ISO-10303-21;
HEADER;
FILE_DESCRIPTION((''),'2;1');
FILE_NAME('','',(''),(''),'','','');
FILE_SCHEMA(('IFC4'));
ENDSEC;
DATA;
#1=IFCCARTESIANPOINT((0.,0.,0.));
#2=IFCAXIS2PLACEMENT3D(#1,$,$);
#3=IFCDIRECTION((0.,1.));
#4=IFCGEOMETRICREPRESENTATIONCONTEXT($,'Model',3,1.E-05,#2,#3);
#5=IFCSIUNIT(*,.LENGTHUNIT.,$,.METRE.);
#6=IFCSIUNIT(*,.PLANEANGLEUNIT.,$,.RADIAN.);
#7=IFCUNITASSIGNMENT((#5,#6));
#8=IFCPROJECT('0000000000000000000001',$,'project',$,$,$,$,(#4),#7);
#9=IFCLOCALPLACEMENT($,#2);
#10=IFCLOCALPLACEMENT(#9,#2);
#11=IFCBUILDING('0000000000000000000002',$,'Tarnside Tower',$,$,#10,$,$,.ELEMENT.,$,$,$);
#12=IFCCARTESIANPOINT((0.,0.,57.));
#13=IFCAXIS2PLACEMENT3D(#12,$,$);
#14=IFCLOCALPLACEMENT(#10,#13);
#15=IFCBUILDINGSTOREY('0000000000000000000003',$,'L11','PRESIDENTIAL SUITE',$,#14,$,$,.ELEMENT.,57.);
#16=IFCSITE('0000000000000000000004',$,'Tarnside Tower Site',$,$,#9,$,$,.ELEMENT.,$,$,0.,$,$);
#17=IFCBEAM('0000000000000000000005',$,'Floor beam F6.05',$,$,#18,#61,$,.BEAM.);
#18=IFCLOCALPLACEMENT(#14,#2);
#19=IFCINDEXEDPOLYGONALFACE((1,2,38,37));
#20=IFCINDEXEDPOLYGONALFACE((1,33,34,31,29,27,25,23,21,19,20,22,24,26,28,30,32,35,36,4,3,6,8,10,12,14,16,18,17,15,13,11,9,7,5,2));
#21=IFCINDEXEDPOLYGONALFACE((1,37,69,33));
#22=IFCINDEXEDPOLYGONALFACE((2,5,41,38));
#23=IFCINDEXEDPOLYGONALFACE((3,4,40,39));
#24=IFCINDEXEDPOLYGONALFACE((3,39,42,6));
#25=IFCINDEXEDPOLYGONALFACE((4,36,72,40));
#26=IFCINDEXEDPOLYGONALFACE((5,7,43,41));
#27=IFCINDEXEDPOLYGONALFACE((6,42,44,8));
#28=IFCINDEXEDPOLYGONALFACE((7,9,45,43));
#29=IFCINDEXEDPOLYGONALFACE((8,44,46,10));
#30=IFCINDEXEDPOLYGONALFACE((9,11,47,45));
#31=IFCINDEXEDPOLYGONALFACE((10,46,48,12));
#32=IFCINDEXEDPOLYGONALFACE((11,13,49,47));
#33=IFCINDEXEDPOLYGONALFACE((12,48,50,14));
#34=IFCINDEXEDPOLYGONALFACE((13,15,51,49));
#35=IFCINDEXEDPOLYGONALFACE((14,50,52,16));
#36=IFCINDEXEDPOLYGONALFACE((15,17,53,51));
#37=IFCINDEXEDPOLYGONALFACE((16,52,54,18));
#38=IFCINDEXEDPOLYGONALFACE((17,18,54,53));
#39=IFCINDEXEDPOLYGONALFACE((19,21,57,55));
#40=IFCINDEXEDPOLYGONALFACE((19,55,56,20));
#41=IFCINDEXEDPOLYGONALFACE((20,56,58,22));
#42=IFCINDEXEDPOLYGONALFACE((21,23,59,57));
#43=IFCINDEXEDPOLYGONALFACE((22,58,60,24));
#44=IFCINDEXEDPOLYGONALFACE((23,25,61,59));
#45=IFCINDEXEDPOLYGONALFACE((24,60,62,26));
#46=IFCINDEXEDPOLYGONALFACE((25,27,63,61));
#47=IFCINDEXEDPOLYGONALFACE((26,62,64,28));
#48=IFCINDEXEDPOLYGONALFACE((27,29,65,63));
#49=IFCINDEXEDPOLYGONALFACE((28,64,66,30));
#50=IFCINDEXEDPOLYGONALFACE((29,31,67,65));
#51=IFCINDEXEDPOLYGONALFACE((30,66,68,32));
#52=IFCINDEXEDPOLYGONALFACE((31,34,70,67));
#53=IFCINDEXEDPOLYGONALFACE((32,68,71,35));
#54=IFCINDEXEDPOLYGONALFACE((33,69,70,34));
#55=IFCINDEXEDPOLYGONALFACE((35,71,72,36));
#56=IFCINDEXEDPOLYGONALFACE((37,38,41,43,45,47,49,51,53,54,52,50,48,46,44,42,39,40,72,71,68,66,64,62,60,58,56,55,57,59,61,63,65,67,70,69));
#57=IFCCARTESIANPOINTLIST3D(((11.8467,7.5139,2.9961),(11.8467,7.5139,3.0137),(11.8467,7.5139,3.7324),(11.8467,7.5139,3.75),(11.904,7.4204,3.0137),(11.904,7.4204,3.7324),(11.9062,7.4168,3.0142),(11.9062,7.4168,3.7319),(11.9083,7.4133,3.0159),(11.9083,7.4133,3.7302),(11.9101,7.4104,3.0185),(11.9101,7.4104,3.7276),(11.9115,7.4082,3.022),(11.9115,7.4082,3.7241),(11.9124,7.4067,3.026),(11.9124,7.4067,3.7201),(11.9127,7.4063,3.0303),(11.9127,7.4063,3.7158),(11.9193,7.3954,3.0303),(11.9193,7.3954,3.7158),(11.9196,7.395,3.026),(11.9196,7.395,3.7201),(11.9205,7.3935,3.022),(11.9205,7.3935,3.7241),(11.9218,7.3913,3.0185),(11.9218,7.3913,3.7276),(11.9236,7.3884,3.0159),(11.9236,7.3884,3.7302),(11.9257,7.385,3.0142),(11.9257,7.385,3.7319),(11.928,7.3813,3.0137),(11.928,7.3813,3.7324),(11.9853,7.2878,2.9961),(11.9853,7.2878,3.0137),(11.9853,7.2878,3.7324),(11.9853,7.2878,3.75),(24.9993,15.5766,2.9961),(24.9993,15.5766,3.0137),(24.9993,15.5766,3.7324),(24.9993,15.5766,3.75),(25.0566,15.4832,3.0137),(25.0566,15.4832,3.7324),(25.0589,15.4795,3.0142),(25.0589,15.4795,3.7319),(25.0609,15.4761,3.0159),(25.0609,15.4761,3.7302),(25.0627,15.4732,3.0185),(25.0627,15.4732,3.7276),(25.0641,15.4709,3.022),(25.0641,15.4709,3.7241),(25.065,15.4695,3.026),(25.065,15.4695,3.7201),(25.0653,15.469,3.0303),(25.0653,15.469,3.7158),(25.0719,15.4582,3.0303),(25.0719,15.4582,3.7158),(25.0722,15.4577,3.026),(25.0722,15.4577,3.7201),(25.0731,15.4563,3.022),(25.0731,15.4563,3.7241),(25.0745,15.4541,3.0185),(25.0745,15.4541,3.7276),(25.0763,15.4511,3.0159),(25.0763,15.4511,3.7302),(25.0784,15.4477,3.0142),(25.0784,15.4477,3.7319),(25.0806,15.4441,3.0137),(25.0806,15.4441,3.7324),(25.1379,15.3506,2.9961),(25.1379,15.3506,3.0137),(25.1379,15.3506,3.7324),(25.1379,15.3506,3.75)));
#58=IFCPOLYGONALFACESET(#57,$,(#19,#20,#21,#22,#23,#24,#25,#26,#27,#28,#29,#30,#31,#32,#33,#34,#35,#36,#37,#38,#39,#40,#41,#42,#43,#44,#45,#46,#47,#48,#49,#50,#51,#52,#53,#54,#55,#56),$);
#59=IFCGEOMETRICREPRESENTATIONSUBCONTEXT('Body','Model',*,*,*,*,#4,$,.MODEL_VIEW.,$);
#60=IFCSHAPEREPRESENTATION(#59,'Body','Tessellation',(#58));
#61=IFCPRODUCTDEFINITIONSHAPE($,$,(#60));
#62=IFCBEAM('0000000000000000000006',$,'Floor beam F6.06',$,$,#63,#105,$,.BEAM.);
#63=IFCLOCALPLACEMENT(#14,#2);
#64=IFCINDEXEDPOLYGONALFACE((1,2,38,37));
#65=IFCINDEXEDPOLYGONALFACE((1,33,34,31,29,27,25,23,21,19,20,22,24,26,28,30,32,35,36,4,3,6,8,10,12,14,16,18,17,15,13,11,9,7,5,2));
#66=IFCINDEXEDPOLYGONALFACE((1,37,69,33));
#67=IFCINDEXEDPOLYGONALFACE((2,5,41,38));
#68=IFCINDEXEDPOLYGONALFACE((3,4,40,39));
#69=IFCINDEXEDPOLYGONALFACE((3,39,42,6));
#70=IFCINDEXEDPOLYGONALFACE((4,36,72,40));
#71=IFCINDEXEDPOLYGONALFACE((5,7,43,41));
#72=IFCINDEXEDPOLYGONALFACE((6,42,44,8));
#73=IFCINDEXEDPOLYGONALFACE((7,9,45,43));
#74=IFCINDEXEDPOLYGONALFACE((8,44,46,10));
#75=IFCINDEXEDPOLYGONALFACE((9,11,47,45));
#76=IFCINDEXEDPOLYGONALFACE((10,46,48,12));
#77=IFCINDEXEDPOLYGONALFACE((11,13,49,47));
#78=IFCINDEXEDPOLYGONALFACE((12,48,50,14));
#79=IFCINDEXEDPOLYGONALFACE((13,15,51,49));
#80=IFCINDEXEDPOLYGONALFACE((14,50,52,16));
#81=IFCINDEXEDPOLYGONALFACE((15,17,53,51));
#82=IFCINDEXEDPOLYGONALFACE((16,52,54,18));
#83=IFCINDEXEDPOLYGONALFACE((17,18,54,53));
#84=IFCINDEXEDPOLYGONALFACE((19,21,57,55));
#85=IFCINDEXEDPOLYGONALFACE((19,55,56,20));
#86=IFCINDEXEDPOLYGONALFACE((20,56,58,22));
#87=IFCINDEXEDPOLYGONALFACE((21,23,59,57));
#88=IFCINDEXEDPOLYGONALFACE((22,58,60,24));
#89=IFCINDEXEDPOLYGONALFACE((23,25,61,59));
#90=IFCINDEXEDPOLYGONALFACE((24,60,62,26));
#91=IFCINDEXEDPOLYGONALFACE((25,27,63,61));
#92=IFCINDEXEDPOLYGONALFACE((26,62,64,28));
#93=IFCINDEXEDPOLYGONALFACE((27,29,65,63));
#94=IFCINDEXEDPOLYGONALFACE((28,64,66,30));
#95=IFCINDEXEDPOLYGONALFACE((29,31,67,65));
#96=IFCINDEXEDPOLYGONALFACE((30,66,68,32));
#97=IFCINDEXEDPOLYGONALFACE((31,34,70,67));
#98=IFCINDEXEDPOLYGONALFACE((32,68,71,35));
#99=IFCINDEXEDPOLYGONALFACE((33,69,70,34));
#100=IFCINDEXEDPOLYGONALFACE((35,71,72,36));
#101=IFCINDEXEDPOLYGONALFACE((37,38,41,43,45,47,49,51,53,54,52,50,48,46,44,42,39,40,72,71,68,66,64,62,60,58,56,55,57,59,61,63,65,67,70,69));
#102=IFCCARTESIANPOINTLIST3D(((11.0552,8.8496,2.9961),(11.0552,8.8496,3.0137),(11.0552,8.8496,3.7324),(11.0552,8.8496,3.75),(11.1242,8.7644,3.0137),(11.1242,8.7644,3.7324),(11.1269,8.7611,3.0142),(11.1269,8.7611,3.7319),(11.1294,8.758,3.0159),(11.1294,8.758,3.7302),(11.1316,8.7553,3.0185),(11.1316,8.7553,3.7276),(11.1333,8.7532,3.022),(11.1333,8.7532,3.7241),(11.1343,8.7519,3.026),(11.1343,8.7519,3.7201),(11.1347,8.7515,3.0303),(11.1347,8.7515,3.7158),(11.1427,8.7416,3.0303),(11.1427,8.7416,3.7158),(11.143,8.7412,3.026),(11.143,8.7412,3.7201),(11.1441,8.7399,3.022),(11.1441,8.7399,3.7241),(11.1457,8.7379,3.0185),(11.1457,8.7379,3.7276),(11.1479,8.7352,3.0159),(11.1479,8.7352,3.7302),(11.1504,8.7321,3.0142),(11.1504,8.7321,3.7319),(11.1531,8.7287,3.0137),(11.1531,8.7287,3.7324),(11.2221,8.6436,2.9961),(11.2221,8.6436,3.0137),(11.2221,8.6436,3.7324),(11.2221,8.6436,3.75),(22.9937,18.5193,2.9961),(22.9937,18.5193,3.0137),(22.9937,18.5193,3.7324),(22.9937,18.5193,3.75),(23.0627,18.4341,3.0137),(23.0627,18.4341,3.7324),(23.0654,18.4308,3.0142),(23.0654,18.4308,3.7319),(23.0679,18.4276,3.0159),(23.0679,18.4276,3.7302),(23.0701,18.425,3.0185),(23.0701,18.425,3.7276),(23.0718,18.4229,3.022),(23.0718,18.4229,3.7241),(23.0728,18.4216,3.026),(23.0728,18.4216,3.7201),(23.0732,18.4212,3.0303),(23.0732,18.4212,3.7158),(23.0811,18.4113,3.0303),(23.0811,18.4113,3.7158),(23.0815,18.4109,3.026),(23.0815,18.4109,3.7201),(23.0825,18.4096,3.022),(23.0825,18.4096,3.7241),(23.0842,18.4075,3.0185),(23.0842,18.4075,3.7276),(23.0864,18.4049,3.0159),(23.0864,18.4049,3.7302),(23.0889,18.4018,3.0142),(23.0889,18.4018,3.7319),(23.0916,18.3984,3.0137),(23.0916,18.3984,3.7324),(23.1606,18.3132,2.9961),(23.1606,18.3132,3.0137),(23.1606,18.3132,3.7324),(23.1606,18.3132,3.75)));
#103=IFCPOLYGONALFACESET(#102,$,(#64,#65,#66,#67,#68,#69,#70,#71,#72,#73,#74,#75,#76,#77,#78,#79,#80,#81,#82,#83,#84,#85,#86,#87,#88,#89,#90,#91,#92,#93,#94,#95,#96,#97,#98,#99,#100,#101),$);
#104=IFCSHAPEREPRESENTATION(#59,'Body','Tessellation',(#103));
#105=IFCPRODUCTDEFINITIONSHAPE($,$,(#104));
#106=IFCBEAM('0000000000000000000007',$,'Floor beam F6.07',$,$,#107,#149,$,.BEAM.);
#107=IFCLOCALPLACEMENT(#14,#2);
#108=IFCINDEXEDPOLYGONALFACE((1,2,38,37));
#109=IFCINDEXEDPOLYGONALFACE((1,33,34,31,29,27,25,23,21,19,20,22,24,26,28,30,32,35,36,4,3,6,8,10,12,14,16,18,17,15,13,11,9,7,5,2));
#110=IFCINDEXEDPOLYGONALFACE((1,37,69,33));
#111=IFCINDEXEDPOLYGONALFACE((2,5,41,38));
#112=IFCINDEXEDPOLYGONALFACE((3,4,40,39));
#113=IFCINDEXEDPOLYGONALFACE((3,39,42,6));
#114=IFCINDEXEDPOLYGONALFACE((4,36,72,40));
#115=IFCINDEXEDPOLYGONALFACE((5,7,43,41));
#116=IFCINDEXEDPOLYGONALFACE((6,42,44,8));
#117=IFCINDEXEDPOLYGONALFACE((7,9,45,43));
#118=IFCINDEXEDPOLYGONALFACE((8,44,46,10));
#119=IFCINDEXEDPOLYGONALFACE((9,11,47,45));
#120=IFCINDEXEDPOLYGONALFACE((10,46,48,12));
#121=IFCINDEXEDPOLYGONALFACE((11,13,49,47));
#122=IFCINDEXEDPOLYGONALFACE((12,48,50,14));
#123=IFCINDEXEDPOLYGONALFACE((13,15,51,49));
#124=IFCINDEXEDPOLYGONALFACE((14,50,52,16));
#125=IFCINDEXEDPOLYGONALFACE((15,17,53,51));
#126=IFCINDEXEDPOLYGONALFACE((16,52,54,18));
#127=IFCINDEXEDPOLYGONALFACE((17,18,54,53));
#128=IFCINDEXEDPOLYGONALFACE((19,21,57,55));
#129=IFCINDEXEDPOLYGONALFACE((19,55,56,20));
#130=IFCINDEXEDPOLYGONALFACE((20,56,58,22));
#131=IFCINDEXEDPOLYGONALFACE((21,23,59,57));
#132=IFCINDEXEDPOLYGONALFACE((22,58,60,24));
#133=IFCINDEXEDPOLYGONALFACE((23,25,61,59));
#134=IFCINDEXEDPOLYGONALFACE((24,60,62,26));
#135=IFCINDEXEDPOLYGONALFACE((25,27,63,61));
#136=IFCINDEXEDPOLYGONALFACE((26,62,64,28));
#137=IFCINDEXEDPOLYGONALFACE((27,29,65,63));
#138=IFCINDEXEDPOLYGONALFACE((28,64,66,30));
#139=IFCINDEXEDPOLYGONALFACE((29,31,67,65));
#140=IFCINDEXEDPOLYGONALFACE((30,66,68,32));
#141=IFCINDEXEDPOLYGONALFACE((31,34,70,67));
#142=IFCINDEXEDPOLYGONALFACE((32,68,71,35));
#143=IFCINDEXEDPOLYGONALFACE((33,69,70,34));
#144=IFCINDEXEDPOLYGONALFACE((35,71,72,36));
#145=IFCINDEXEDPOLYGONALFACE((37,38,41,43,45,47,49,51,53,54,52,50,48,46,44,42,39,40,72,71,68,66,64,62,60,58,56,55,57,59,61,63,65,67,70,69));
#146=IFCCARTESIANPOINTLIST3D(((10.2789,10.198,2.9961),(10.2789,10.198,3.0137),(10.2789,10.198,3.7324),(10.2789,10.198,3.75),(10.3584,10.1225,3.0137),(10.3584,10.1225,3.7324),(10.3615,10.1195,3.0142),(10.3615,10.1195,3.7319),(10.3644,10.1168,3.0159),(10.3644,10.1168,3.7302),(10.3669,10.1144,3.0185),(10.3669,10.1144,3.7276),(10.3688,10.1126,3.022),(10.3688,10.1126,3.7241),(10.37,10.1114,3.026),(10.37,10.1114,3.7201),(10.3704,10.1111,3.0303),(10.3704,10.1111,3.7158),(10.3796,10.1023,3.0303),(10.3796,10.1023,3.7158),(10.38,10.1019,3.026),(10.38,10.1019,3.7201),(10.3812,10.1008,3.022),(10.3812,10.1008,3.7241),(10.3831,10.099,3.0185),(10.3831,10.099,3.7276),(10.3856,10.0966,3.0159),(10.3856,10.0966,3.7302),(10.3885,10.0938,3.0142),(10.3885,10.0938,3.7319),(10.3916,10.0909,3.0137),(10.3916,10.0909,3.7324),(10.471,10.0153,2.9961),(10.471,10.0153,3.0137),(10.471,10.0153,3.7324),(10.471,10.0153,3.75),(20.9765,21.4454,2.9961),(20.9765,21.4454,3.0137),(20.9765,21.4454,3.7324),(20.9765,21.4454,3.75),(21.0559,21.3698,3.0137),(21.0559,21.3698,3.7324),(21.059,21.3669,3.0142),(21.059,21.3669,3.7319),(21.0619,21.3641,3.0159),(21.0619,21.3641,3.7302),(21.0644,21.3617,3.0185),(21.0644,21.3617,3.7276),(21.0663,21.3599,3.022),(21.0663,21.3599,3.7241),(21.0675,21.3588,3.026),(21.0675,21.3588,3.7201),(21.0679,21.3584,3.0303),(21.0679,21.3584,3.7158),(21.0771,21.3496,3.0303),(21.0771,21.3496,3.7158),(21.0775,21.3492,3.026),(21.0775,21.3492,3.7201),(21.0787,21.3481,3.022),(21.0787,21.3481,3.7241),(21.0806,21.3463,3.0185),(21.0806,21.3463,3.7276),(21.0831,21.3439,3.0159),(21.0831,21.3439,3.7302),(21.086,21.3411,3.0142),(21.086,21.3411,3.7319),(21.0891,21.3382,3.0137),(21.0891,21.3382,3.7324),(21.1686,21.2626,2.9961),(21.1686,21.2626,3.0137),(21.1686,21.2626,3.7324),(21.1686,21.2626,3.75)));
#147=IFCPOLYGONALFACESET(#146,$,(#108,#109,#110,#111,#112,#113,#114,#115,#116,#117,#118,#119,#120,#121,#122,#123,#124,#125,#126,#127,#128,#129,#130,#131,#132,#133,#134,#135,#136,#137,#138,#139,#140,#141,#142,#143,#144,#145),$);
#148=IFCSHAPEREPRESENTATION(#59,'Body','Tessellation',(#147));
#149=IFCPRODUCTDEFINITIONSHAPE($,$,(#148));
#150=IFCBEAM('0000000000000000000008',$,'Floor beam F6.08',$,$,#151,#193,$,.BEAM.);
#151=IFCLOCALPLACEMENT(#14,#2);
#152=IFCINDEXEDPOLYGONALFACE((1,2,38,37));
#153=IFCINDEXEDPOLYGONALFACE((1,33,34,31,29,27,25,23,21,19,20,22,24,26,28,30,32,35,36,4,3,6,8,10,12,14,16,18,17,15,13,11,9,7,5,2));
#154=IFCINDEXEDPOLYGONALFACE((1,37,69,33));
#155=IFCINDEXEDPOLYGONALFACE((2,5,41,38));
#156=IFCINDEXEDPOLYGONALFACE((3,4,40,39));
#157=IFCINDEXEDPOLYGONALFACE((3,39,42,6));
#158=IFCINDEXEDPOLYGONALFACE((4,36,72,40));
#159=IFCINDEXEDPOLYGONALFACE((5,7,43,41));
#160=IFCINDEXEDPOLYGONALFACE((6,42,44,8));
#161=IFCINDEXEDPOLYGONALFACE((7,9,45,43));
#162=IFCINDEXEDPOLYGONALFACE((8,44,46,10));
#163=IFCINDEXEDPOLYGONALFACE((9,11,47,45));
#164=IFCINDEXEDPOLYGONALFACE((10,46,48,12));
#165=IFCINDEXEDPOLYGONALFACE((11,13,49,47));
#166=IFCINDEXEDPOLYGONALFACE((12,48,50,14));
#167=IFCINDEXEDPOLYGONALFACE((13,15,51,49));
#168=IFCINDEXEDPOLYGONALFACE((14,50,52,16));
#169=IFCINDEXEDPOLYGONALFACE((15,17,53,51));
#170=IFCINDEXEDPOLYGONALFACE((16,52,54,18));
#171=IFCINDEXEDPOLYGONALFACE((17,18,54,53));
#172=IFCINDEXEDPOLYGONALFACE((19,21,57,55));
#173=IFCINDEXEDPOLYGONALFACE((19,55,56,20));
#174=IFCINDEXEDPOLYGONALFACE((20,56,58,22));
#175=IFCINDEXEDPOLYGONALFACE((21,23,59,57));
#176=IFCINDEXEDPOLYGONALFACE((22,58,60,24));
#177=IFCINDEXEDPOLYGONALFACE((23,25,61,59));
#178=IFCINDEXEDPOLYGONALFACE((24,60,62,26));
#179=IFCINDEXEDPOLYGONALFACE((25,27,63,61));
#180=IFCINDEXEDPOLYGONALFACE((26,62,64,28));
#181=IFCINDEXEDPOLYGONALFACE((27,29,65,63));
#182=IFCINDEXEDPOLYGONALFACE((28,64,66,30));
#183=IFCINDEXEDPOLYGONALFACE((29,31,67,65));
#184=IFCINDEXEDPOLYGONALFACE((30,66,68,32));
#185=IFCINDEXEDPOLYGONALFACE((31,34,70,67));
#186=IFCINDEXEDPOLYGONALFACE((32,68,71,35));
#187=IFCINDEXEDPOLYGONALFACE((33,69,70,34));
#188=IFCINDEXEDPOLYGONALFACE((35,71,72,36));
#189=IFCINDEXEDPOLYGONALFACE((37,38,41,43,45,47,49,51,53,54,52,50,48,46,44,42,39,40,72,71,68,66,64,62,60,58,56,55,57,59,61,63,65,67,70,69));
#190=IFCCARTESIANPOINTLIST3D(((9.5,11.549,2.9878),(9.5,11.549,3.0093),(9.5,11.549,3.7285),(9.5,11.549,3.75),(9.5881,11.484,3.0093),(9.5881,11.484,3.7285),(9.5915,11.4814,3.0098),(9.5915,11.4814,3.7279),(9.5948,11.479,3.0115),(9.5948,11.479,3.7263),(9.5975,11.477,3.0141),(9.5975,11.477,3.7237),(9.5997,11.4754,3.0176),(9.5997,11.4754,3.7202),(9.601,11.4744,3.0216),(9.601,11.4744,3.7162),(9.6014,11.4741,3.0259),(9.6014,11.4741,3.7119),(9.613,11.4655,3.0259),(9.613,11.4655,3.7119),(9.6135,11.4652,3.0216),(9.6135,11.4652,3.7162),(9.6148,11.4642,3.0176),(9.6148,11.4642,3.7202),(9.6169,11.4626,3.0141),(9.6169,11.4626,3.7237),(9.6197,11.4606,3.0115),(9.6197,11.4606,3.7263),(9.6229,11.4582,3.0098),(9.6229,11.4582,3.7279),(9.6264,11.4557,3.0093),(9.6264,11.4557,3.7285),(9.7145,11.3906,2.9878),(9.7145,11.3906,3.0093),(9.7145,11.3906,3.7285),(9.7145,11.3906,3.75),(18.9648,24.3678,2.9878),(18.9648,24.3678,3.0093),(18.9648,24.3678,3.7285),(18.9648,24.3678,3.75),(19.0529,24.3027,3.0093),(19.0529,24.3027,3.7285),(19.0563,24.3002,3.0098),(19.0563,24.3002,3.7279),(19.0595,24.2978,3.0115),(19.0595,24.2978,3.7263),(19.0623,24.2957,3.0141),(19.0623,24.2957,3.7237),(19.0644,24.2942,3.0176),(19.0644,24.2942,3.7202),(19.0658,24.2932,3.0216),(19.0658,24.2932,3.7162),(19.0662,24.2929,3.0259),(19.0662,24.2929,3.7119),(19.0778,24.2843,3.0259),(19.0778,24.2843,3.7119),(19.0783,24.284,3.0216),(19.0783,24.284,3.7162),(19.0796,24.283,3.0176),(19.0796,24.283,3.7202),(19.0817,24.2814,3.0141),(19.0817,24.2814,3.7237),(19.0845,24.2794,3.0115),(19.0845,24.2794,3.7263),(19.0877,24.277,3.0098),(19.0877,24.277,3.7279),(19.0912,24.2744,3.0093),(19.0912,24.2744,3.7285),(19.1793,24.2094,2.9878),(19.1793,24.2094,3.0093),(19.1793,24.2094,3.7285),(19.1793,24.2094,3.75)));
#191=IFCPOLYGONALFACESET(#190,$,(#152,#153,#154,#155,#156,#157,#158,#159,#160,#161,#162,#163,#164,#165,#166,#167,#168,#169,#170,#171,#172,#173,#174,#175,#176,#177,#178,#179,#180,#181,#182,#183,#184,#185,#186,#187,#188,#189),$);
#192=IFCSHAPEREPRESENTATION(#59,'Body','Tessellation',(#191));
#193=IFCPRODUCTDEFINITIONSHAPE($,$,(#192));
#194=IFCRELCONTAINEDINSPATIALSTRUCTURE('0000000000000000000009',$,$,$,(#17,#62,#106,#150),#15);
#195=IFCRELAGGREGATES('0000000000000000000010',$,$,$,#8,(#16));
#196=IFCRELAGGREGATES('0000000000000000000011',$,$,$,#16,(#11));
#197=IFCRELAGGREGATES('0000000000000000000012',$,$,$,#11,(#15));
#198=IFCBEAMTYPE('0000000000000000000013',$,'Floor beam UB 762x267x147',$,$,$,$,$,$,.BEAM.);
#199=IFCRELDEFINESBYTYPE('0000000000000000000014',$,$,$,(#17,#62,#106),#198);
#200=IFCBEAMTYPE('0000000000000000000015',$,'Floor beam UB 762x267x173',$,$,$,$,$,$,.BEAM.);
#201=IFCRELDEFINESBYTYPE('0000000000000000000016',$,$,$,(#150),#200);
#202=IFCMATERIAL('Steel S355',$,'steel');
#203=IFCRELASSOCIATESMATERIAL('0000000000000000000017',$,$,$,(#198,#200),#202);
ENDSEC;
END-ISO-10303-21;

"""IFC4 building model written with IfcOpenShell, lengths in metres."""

from ifc_helpers import new_model, si_unit, direction, frame, origin, origin_2d, place, context, subcontext, project, spatial, i_section, extrude, material, material_profile, profile_set, type_object, element, save


model = new_model("IFC4")

# Units and contexts
model_context = context("Model", 3, precision=1e-05, world=origin(), true_north=direction((0.0, 1.0)))
body_context = subcontext(model_context, "Body", "Model", "MODEL_VIEW")
ifc_project = project(units=[si_unit("LENGTHUNIT", "METRE"), si_unit("PLANEANGLEUNIT", "RADIAN")], contexts=[model_context])

# Site, building, storey
site_placement = place(None, origin())
site = spatial("IfcSite", under=ifc_project, at=site_placement, Name="Tarnside Tower Site", CompositionType="ELEMENT", RefElevation=0.0)
building_placement = place(site_placement, origin())
building = spatial("IfcBuilding", under=site, at=building_placement, Name="Tarnside Tower", CompositionType="ELEMENT")
storey_placement = place(building_placement, frame((0.0, 0.0, 57.0)))
storey = spatial("IfcBuildingStorey", under=building, at=storey_placement, Name="L11", Description="PRESIDENTIAL SUITE", CompositionType="ELEMENT", Elevation=57.0)

# Beams
ifc_material_1 = material(Name="Steel S355", Category="steel")
ifc_material_profile_1 = material_profile(ifc_material_1, i_section(OverallWidth=0.2651, OverallDepth=0.7539, WebThickness=0.0127, FlangeThickness=0.0176, FilletRadius=0.0166, at=origin_2d()), Name="UB 762x267x147")
ifc_profile_set_1 = profile_set([ifc_material_profile_1], Name="Steel S355")
beam_type_1 = type_object("IfcBeamType", Name="Floor beam UB 762x267x147", PredefinedType="BEAM", material=ifc_profile_set_1)
beam_1_placement = place(storey_placement, frame((25.0686, 15.4636, 3.373), z_axis=(-0.852558, -0.522632, 0.0), x_axis=(0.522632, -0.852558, 0.0)))
element("IfcBeam", 1, at=beam_1_placement, inside=storey, type_object=beam_type_1, Name="Floor beam F6.05", PredefinedType="BEAM", context=body_context, shape_type="SweptSolid", body=[
    extrude(i_section(OverallWidth=0.2651, OverallDepth=0.7539, WebThickness=0.0127, FlangeThickness=0.0176, FilletRadius=0.0166, at=origin_2d()), origin(), (0.0, 0.0, 1.0), 15.4272),
])
beam_2_placement = place(storey_placement, frame((23.0771, 18.4163, 3.373), z_axis=(-0.777079, -0.629403, 0.0), x_axis=(0.629403, -0.777079, 0.0)))
element("IfcBeam", 2, at=beam_2_placement, inside=storey, type_object=beam_type_1, Name="Floor beam F6.06", PredefinedType="BEAM", context=body_context, shape_type="SweptSolid", body=[
    extrude(i_section(OverallWidth=0.2651, OverallDepth=0.7539, WebThickness=0.0127, FlangeThickness=0.0176, FilletRadius=0.0166, at=origin_2d()), origin(), (0.0, 0.0, 1.0), 15.3633),
])
beam_3_placement = place(storey_placement, frame((21.0725, 21.354, 3.373), z_axis=(-0.689175, -0.724595, 0.0), x_axis=(0.724595, -0.689175, 0.0)))
element("IfcBeam", 3, at=beam_3_placement, inside=storey, type_object=beam_type_1, Name="Floor beam F6.07", PredefinedType="BEAM", context=body_context, shape_type="SweptSolid", body=[
    extrude(i_section(OverallWidth=0.2651, OverallDepth=0.7539, WebThickness=0.0127, FlangeThickness=0.0176, FilletRadius=0.0166, at=origin_2d()), origin(), (0.0, 0.0, 1.0), 15.5222),
])
ifc_material_profile_2 = material_profile(ifc_material_1, i_section(OverallWidth=0.2666, OverallDepth=0.7622, WebThickness=0.0144, FlangeThickness=0.0215, FilletRadius=0.0166, at=origin_2d()), Name="UB 762x267x173")
ifc_profile_set_2 = profile_set([ifc_material_profile_2], Name="Steel S355")
beam_type_2 = type_object("IfcBeamType", Name="Floor beam UB 762x267x173", PredefinedType="BEAM", material=ifc_profile_set_2)
beam_4_placement = place(storey_placement, frame((19.072, 24.2886, 3.3689), z_axis=(-0.593987, -0.804475, 0.0), x_axis=(0.804475, -0.593987, 0.0)))
element("IfcBeam", 4, at=beam_4_placement, inside=storey, type_object=beam_type_2, Name="Floor beam F6.08", PredefinedType="BEAM", context=body_context, shape_type="SweptSolid", body=[
    extrude(i_section(OverallWidth=0.2666, OverallDepth=0.7622, WebThickness=0.0144, FlangeThickness=0.0215, FilletRadius=0.0166, at=origin_2d()), origin(), (0.0, 0.0, 1.0), 15.9343),
])

save(model, "model.ifc")
